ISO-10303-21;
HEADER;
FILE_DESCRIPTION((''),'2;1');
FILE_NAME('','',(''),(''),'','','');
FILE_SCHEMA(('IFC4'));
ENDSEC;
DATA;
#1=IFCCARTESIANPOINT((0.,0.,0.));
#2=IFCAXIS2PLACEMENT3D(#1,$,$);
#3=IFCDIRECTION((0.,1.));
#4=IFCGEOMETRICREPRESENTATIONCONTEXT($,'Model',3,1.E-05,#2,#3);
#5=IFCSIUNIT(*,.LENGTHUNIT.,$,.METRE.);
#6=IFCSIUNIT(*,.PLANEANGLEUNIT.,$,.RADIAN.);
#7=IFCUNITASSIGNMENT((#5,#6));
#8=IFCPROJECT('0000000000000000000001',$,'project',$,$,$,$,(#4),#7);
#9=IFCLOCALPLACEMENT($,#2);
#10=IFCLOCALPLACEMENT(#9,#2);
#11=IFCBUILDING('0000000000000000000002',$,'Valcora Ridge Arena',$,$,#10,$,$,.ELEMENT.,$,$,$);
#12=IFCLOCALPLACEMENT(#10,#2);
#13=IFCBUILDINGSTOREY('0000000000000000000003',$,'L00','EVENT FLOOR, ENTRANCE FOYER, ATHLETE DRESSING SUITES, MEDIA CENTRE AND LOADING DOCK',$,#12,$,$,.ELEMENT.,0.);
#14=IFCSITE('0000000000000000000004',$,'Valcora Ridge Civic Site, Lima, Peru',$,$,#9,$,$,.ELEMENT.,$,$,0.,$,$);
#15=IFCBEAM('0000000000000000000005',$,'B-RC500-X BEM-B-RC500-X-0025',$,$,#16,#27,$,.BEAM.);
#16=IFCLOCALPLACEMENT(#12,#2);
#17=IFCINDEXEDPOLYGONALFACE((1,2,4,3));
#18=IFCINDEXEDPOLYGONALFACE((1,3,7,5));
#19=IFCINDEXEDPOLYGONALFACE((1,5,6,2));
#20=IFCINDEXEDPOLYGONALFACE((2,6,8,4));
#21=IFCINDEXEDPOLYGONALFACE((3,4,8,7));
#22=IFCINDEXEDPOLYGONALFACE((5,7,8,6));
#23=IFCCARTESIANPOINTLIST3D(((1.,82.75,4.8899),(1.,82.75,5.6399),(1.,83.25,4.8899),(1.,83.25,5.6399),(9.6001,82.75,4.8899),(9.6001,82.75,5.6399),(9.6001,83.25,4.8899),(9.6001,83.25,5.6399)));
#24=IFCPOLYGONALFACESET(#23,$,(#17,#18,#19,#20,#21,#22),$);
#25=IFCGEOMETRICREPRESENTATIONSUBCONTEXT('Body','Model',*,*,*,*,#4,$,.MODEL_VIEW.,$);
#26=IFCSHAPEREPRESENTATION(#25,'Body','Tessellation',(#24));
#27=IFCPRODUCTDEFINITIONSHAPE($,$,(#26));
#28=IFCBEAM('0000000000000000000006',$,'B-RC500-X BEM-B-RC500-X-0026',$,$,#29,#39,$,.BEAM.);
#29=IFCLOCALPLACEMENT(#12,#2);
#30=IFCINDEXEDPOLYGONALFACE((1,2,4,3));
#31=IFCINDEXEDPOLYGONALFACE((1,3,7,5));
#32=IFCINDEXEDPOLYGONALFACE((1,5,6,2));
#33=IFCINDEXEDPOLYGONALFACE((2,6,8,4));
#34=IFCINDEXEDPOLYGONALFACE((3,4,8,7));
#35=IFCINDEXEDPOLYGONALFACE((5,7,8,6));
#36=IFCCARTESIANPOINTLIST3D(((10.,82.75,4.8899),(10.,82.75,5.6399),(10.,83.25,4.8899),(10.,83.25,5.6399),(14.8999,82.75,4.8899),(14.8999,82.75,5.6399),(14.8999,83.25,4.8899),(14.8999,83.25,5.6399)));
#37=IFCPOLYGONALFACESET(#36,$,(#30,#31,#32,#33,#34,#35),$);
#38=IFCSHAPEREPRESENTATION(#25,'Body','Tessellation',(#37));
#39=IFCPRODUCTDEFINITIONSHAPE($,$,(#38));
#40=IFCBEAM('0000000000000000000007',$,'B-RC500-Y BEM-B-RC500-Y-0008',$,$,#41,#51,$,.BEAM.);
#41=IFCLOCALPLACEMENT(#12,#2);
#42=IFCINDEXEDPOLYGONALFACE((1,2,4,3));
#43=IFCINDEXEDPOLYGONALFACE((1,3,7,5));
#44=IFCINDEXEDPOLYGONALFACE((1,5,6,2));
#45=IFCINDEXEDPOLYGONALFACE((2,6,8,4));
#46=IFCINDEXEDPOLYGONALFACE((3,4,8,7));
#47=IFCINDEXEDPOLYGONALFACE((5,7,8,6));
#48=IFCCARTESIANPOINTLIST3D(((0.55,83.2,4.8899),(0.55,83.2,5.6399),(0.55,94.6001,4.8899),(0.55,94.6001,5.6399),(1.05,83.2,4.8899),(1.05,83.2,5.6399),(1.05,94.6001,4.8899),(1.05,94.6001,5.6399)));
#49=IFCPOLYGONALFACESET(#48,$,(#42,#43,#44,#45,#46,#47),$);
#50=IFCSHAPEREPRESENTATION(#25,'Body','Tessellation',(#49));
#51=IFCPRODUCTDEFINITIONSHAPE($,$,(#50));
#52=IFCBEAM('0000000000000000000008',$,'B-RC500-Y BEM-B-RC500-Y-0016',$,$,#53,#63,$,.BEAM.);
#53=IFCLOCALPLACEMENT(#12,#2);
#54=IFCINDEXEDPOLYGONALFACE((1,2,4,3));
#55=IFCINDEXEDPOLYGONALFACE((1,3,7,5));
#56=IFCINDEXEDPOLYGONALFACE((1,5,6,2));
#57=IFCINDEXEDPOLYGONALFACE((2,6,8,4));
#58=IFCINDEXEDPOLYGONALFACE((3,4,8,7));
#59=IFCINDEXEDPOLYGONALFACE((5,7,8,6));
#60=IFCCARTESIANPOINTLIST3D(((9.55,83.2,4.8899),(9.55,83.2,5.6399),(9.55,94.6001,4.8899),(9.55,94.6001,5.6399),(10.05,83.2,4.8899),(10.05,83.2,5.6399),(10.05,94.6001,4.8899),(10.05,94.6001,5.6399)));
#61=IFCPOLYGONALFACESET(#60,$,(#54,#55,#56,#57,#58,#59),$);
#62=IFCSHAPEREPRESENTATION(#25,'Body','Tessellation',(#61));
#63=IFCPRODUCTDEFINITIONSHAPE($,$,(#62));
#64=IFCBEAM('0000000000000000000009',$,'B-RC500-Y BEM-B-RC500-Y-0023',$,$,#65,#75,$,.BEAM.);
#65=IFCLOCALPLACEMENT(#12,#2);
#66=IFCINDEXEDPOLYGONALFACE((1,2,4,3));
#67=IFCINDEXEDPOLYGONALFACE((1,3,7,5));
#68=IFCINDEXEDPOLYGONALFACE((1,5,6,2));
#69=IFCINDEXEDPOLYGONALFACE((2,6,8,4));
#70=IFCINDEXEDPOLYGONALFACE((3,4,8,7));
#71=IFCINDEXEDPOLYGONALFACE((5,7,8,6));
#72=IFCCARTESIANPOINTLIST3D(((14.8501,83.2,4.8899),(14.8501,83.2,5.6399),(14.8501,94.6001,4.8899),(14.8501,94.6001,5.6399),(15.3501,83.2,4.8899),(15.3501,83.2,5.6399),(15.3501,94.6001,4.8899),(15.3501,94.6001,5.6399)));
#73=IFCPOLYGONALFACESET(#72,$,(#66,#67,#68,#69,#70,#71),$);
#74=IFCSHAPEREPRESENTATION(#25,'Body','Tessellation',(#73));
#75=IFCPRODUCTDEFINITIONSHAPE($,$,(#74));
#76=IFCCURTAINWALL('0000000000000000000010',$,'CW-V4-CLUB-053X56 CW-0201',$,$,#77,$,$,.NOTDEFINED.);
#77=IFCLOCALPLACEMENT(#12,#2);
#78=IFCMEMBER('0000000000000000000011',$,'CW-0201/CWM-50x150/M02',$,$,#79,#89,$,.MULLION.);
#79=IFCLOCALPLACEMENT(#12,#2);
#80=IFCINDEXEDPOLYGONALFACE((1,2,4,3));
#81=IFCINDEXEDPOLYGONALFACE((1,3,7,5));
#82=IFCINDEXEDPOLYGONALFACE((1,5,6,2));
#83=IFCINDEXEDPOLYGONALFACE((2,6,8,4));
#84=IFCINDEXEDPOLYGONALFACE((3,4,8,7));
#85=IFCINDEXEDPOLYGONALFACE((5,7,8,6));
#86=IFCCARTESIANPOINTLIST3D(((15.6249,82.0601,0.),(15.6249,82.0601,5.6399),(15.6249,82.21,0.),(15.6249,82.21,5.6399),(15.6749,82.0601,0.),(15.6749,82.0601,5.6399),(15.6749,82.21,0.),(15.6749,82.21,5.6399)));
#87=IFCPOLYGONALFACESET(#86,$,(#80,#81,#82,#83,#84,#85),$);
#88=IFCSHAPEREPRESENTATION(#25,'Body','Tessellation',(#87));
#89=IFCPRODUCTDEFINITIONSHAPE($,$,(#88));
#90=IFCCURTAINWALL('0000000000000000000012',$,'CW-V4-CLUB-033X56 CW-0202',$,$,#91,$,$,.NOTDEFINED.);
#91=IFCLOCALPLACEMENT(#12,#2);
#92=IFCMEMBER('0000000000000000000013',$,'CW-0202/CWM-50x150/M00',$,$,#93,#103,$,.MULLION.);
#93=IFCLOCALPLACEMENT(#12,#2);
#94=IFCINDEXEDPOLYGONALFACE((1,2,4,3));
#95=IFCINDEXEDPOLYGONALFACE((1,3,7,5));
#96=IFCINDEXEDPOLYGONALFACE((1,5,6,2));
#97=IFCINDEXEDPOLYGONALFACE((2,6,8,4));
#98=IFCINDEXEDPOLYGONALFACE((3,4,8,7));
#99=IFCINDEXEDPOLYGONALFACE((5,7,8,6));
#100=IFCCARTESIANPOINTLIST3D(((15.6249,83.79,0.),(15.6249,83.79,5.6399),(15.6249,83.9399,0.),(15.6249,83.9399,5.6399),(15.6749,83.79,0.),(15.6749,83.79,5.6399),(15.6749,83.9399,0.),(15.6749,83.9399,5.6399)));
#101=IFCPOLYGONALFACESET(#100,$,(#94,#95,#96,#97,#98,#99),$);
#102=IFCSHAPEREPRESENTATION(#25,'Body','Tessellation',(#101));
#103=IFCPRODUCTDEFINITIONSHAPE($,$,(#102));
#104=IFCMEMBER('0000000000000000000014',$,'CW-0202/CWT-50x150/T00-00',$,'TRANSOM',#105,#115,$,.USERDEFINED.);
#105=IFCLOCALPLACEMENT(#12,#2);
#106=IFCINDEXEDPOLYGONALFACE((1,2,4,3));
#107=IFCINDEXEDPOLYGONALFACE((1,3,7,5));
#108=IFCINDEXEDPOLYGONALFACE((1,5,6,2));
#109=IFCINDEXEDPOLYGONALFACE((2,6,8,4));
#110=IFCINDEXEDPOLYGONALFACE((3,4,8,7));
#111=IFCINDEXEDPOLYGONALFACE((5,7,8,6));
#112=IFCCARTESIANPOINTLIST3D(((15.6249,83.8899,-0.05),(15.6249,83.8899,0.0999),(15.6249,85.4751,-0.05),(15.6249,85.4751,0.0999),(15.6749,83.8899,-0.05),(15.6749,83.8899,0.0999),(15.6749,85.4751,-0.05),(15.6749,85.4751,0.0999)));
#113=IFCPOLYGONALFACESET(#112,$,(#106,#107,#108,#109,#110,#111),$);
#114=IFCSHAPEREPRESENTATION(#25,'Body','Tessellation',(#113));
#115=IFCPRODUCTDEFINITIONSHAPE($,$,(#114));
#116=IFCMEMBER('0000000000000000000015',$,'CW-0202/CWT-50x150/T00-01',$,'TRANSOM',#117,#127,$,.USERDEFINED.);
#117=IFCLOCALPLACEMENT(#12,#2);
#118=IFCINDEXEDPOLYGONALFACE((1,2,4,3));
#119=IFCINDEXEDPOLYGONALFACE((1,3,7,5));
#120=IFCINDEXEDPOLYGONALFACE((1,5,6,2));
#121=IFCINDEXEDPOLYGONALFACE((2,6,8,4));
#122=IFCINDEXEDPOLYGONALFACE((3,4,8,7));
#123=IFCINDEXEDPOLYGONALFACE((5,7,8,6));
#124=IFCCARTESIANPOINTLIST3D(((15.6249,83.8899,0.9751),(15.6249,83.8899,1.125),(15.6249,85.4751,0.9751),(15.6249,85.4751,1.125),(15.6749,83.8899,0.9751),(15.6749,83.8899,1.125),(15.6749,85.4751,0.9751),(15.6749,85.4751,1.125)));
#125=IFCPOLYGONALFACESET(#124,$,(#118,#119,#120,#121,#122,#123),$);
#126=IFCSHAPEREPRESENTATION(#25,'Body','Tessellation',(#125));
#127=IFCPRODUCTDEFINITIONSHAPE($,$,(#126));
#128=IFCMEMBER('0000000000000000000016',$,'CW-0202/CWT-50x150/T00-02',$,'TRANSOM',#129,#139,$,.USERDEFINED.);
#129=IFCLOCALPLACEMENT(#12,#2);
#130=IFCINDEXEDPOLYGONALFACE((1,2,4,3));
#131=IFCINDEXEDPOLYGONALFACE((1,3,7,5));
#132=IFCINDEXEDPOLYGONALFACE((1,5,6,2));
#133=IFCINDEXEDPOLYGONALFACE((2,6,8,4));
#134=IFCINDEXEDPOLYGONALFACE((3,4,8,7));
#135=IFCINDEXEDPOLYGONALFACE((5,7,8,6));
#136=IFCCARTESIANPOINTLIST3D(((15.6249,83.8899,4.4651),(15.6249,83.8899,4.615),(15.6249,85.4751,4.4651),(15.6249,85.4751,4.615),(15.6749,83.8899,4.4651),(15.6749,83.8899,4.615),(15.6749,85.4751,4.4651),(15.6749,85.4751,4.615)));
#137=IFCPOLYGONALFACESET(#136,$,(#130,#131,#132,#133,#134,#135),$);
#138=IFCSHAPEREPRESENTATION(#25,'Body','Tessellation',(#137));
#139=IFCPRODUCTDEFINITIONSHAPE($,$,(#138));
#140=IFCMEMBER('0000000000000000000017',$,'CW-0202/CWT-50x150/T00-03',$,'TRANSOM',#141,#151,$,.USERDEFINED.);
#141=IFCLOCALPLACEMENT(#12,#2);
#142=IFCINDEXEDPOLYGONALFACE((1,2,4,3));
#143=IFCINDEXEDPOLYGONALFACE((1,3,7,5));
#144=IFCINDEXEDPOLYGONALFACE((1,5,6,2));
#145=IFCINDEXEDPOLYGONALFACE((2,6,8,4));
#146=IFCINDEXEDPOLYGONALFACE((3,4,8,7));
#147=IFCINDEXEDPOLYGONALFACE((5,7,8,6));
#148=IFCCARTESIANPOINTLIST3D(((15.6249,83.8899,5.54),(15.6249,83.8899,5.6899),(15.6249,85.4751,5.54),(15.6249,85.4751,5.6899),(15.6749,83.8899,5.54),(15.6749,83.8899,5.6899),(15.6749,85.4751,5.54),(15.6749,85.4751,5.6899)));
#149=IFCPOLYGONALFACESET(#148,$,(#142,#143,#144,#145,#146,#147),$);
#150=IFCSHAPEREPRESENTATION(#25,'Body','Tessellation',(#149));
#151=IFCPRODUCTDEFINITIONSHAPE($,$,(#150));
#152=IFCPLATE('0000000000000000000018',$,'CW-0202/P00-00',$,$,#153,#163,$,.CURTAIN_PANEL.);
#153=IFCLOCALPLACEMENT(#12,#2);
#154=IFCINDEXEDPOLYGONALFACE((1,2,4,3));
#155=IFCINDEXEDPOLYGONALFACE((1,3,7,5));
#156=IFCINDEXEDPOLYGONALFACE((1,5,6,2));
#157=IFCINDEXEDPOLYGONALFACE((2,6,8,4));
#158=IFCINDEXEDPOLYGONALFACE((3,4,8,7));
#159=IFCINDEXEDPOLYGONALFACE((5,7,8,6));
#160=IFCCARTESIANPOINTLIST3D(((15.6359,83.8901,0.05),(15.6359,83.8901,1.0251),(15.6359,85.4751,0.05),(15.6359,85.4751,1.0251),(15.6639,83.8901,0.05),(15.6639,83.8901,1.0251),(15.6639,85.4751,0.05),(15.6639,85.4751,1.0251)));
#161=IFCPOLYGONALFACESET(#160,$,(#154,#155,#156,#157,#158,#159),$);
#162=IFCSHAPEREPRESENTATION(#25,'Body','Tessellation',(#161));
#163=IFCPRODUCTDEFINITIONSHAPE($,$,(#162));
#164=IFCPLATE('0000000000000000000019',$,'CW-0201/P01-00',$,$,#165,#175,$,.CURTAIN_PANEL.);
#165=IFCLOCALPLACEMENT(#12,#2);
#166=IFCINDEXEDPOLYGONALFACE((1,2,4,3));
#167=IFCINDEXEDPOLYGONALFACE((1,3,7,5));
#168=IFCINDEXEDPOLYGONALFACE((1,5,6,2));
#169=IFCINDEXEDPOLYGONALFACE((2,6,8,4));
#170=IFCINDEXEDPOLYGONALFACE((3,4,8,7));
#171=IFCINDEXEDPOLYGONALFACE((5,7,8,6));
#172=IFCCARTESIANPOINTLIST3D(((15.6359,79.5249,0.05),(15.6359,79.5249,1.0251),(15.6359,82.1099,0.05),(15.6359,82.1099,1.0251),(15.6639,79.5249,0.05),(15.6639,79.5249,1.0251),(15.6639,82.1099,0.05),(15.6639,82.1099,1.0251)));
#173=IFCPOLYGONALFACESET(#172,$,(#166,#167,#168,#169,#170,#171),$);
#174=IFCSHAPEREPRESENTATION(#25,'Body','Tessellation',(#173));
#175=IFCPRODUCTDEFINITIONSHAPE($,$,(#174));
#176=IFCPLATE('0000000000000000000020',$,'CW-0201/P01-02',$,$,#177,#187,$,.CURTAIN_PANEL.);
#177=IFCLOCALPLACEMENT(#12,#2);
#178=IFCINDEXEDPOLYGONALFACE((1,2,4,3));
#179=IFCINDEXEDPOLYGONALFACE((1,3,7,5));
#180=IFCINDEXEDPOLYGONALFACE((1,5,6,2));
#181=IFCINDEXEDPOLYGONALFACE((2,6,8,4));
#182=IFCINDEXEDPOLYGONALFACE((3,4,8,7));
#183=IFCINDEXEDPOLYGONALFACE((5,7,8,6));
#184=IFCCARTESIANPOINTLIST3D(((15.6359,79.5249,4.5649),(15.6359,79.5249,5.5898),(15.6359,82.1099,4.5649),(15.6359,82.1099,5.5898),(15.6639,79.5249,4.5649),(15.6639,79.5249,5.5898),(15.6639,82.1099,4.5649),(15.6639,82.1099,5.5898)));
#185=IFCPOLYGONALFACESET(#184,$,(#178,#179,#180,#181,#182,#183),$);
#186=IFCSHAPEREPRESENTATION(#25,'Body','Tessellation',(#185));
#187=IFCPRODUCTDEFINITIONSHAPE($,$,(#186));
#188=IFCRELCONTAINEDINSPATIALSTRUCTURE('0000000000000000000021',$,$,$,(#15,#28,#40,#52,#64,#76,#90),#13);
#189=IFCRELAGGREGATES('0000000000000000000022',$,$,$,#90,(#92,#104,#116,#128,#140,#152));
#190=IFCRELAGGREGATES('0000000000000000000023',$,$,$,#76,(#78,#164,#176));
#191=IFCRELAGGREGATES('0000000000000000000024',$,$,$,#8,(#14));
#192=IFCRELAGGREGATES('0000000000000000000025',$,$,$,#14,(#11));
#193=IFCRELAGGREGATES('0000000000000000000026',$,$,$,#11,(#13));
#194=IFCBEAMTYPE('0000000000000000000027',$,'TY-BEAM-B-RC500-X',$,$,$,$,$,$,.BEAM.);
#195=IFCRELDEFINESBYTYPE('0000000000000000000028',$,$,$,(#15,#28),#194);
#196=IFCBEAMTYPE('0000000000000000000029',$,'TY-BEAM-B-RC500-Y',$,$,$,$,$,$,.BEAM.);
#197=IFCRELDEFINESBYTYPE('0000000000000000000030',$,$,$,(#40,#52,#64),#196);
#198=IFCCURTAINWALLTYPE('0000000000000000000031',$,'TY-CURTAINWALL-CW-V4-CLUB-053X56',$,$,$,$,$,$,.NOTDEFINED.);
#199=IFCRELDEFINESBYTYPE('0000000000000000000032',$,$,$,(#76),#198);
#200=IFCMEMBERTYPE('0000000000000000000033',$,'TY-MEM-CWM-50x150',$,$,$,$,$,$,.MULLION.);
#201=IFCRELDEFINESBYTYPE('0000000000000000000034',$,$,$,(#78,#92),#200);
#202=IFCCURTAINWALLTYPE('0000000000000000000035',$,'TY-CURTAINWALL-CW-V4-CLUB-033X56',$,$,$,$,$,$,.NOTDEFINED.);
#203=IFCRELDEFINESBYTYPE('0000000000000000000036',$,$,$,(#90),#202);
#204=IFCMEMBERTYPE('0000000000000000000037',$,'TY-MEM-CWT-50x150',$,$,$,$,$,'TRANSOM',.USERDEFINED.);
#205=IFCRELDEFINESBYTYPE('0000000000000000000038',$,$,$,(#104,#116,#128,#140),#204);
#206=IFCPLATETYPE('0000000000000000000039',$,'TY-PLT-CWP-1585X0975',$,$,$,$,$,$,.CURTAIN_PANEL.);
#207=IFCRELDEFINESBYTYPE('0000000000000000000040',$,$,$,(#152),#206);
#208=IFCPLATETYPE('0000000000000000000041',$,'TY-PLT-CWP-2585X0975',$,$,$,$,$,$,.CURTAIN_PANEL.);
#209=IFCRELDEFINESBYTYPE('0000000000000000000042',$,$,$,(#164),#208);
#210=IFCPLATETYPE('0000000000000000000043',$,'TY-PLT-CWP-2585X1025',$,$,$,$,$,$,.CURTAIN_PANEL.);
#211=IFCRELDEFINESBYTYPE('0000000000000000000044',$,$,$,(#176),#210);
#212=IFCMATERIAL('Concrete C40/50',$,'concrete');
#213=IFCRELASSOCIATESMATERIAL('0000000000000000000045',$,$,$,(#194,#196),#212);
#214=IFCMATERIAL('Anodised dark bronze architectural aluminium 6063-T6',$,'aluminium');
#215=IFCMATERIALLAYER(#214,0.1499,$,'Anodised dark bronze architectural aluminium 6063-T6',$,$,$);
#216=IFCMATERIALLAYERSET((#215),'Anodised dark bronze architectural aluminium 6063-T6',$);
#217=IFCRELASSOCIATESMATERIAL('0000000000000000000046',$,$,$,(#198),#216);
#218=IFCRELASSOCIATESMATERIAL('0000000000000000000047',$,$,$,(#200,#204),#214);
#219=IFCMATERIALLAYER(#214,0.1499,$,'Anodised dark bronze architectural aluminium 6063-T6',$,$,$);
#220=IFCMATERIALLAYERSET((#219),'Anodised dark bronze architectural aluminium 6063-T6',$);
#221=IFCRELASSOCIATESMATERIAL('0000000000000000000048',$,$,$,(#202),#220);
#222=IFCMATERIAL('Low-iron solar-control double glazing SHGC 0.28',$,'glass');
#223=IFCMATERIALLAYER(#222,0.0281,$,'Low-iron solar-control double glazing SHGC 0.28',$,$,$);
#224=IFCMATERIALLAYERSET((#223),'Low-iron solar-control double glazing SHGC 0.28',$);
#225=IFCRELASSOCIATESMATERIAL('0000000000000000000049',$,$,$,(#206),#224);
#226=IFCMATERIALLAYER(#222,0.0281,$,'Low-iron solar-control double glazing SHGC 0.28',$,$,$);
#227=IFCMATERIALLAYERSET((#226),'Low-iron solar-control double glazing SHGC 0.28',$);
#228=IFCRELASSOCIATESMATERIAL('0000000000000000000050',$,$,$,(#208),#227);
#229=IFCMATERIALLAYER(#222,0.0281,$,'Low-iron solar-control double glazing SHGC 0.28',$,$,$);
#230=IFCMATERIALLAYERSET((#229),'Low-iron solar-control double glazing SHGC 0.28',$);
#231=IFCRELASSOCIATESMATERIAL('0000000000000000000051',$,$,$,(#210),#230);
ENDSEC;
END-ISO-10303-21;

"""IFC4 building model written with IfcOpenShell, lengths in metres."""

from ifc_helpers import new_model, si_unit, direction, frame, origin, origin_2d, place, context, subcontext, project, spatial, rectangle, extrude, material, layer, layer_set, material_profile, profile_set, type_object, element, aggregate, save


model = new_model("IFC4")

# Units and contexts
model_context = context("Model", 3, precision=1e-05, world=origin(), true_north=direction((0.0, 1.0)))
body_context = subcontext(model_context, "Body", "Model", "MODEL_VIEW")
ifc_project = project(units=[si_unit("LENGTHUNIT", "METRE"), si_unit("PLANEANGLEUNIT", "RADIAN")], contexts=[model_context])

# Site, building, storey
site_placement = place(None, origin())
site = spatial("IfcSite", under=ifc_project, at=site_placement, Name="Valcora Ridge Civic Site, Lima, Peru", CompositionType="ELEMENT", RefElevation=0.0)
building_placement = place(site_placement, origin())
building = spatial("IfcBuilding", under=site, at=building_placement, Name="Valcora Ridge Arena", CompositionType="ELEMENT")
storey_placement = place(building_placement, origin())
storey = spatial("IfcBuildingStorey", under=building, at=storey_placement, Name="L00", Description="EVENT FLOOR, ENTRANCE FOYER, ATHLETE DRESSING SUITES, MEDIA CENTRE AND LOADING DOCK", CompositionType="ELEMENT", Elevation=0.0)

# Shared definitions
ifc_material_1 = material(Name="Concrete C40/50", Category="concrete")

# Beams
ifc_material_profile_1 = material_profile(ifc_material_1, rectangle(XDim=0.5, YDim=0.75, at=origin_2d()), Name="RC 500x750")
ifc_profile_set_1 = profile_set([ifc_material_profile_1], Name="Concrete C40/50")
beam_type_1 = type_object("IfcBeamType", Name="TY-BEAM-B-RC500-X", PredefinedType="BEAM", material=ifc_profile_set_1)
beam_1_placement = place(storey_placement, frame((1.0, 83.0, 5.2649), z_axis=(1.0, 0.0, 0.0), x_axis=(0.0, 1.0, 0.0)))
element("IfcBeam", 1, at=beam_1_placement, inside=storey, type_object=beam_type_1, Name="B-RC500-X BEM-B-RC500-X-0025", PredefinedType="BEAM", context=body_context, shape_type="SweptSolid", body=[
    extrude(rectangle(XDim=0.5, YDim=0.75, at=origin_2d()), origin(), (0.0, 0.0, 1.0), 8.6001),
])
beam_2_placement = place(storey_placement, frame((10.0, 83.0, 5.2649), z_axis=(1.0, 0.0, 0.0), x_axis=(0.0, 1.0, 0.0)))
element("IfcBeam", 2, at=beam_2_placement, inside=storey, type_object=beam_type_1, Name="B-RC500-X BEM-B-RC500-X-0026", PredefinedType="BEAM", context=body_context, shape_type="SweptSolid", body=[
    extrude(rectangle(XDim=0.5, YDim=0.75, at=origin_2d()), origin(), (0.0, 0.0, 1.0), 4.8999),
])
ifc_material_profile_2 = material_profile(ifc_material_1, rectangle(XDim=0.5, YDim=0.75, at=origin_2d()), Name="RC 500x750")
ifc_profile_set_2 = profile_set([ifc_material_profile_2], Name="Concrete C40/50")
beam_type_2 = type_object("IfcBeamType", Name="TY-BEAM-B-RC500-Y", PredefinedType="BEAM", material=ifc_profile_set_2)
for number, where, z_axis, x_axis, name in (
    (3, (0.8, 83.2, 5.2649), (0.0, 1.0, 0.0), (-1.0, 0.0, 0.0), "B-RC500-Y BEM-B-RC500-Y-0008"),
    (4, (9.8, 83.2, 5.2649), (0.0, 1.0, 0.0), (-1.0, 0.0, 0.0), "B-RC500-Y BEM-B-RC500-Y-0016"),
    (5, (15.1001, 83.2, 5.2649), (0.0, 1.0, 0.0), (-1.0, 0.0, 0.0), "B-RC500-Y BEM-B-RC500-Y-0023"),
):
    element("IfcBeam", number, at=place(storey_placement, frame(where, z_axis=z_axis, x_axis=x_axis)), inside=storey, type_object=beam_type_2, Name=name, PredefinedType="BEAM", context=body_context, shape_type="SweptSolid", body=[
        extrude(rectangle(XDim=0.5, YDim=0.75, at=origin_2d()), origin(), (0.0, 0.0, 1.0), 11.4001),
    ])

# Curtain wall, member
ifc_material_2 = material(Name="Anodised dark bronze architectural aluminium 6063-T6", Category="aluminium")
ifc_layer_1 = layer(ifc_material_2, 0.1499, Name="Anodised dark bronze architectural aluminium 6063-T6")
ifc_layer_set_1 = layer_set([ifc_layer_1], Name="Anodised dark bronze architectural aluminium 6063-T6")
curtain_wall_type_1 = type_object("IfcCurtainWallType", Name="TY-CURTAINWALL-CW-V4-CLUB-053X56", PredefinedType="NOTDEFINED", material=ifc_layer_set_1)
curtain_wall_1_placement = place(storey_placement, origin())
curtain_wall_1 = element("IfcCurtainWall", 6, at=curtain_wall_1_placement, inside=storey, type_object=curtain_wall_type_1, Name="CW-V4-CLUB-053X56 CW-0201", PredefinedType="NOTDEFINED")
ifc_material_profile_3 = material_profile(ifc_material_2, rectangle(XDim=0.05, YDim=0.1499, at=origin_2d()), Name="ALU MULLION 50x150")
ifc_profile_set_3 = profile_set([ifc_material_profile_3], Name="Anodised dark bronze architectural aluminium 6063-T6")
member_type_1 = type_object("IfcMemberType", Name="TY-MEM-CWM-50x150", PredefinedType="MULLION", material=ifc_profile_set_3)
member_1_placement = place(storey_placement, frame((15.6499, 82.135, 0.0), z_axis=(0.0, 0.0, 1.0), x_axis=(-1.0, 0.0, 0.0)))
member_1 = element("IfcMember", 7, at=member_1_placement, type_object=member_type_1, Name="CW-0201/CWM-50x150/M02", PredefinedType="MULLION", context=body_context, shape_type="SweptSolid", body=[
    extrude(rectangle(XDim=0.05, YDim=0.1499, at=origin_2d()), origin(), (0.0, 0.0, 1.0), 5.6399),
])

# Curtain wall, members, plate
ifc_layer_2 = layer(ifc_material_2, 0.1499, Name="Anodised dark bronze architectural aluminium 6063-T6")
ifc_layer_set_2 = layer_set([ifc_layer_2], Name="Anodised dark bronze architectural aluminium 6063-T6")
curtain_wall_type_2 = type_object("IfcCurtainWallType", Name="TY-CURTAINWALL-CW-V4-CLUB-033X56", PredefinedType="NOTDEFINED", material=ifc_layer_set_2)
curtain_wall_2_placement = place(storey_placement, origin())
curtain_wall_2 = element("IfcCurtainWall", 8, at=curtain_wall_2_placement, inside=storey, type_object=curtain_wall_type_2, Name="CW-V4-CLUB-033X56 CW-0202", PredefinedType="NOTDEFINED")
member_2_placement = place(storey_placement, frame((15.6499, 83.865, 0.0), z_axis=(0.0, 0.0, 1.0), x_axis=(-1.0, 0.0, 0.0)))
member_2 = element("IfcMember", 9, at=member_2_placement, type_object=member_type_1, Name="CW-0202/CWM-50x150/M00", PredefinedType="MULLION", context=body_context, shape_type="SweptSolid", body=[
    extrude(rectangle(XDim=0.05, YDim=0.1499, at=origin_2d()), origin(), (0.0, 0.0, 1.0), 5.6399),
])
ifc_material_profile_4 = material_profile(ifc_material_2, rectangle(XDim=0.05, YDim=0.1499, at=origin_2d()), Name="ALU TRANSOM 50x150")
ifc_profile_set_4 = profile_set([ifc_material_profile_4], Name="Anodised dark bronze architectural aluminium 6063-T6")
member_type_2 = type_object("IfcMemberType", Name="TY-MEM-CWT-50x150", ElementType="TRANSOM", PredefinedType="USERDEFINED", material=ifc_profile_set_4)
member_3_placement = place(storey_placement, frame((15.6499, 83.8899, 0.0249), z_axis=(0.0, 1.0, 0.0), x_axis=(-1.0, 0.0, 0.0)))
member_3 = element("IfcMember", 10, at=member_3_placement, type_object=member_type_2, Name="CW-0202/CWT-50x150/T00-00", ObjectType="TRANSOM", PredefinedType="USERDEFINED", context=body_context, shape_type="SweptSolid", body=[
    extrude(rectangle(XDim=0.05, YDim=0.1499, at=origin_2d()), origin(), (0.0, 0.0, 1.0), 1.5852),
])
member_4_placement = place(storey_placement, frame((15.6499, 83.8899, 1.05), z_axis=(0.0, 1.0, 0.0), x_axis=(-1.0, 0.0, 0.0)))
member_4 = element("IfcMember", 11, at=member_4_placement, type_object=member_type_2, Name="CW-0202/CWT-50x150/T00-01", ObjectType="TRANSOM", PredefinedType="USERDEFINED", context=body_context, shape_type="SweptSolid", body=[
    extrude(rectangle(XDim=0.05, YDim=0.1499, at=origin_2d()), origin(), (0.0, 0.0, 1.0), 1.5852),
])
member_5_placement = place(storey_placement, frame((15.6499, 83.8899, 4.54), z_axis=(0.0, 1.0, 0.0), x_axis=(-1.0, 0.0, 0.0)))
member_5 = element("IfcMember", 12, at=member_5_placement, type_object=member_type_2, Name="CW-0202/CWT-50x150/T00-02", ObjectType="TRANSOM", PredefinedType="USERDEFINED", context=body_context, shape_type="SweptSolid", body=[
    extrude(rectangle(XDim=0.05, YDim=0.1499, at=origin_2d()), origin(), (0.0, 0.0, 1.0), 1.5852),
])
member_6_placement = place(storey_placement, frame((15.6499, 83.8899, 5.615), z_axis=(0.0, 1.0, 0.0), x_axis=(-1.0, 0.0, 0.0)))
member_6 = element("IfcMember", 13, at=member_6_placement, type_object=member_type_2, Name="CW-0202/CWT-50x150/T00-03", ObjectType="TRANSOM", PredefinedType="USERDEFINED", context=body_context, shape_type="SweptSolid", body=[
    extrude(rectangle(XDim=0.05, YDim=0.1499, at=origin_2d()), origin(), (0.0, 0.0, 1.0), 1.5852),
])
ifc_material_3 = material(Name="Low-iron solar-control double glazing SHGC 0.28", Category="glass")
ifc_layer_3 = layer(ifc_material_3, 0.0281, Name="Low-iron solar-control double glazing SHGC 0.28")
ifc_layer_set_3 = layer_set([ifc_layer_3], Name="Low-iron solar-control double glazing SHGC 0.28")
plate_type_1 = type_object("IfcPlateType", Name="TY-PLT-CWP-1585X0975", PredefinedType="CURTAIN_PANEL", material=ifc_layer_set_3)
plate_1_placement = place(storey_placement, frame((15.6499, 84.6826, 0.05), z_axis=(0.0, 0.0, 1.0), x_axis=(0.0, 1.0, 0.0)))
plate_1 = element("IfcPlate", 14, at=plate_1_placement, type_object=plate_type_1, Name="CW-0202/P00-00", PredefinedType="CURTAIN_PANEL", context=body_context, shape_type="SweptSolid", body=[
    extrude(rectangle(XDim=1.585, YDim=0.0281, at=origin_2d()), origin(), (0.0, 0.0, 1.0), 0.9751),
])
aggregate(curtain_wall_2, [member_2, member_3, member_4, member_5, member_6, plate_1])

# Plates
ifc_layer_4 = layer(ifc_material_3, 0.0281, Name="Low-iron solar-control double glazing SHGC 0.28")
ifc_layer_set_4 = layer_set([ifc_layer_4], Name="Low-iron solar-control double glazing SHGC 0.28")
plate_type_2 = type_object("IfcPlateType", Name="TY-PLT-CWP-2585X0975", PredefinedType="CURTAIN_PANEL", material=ifc_layer_set_4)
plate_2_placement = place(storey_placement, frame((15.6499, 80.8174, 0.05), z_axis=(0.0, 0.0, 1.0), x_axis=(0.0, 1.0, 0.0)))
plate_2 = element("IfcPlate", 15, at=plate_2_placement, type_object=plate_type_2, Name="CW-0201/P01-00", PredefinedType="CURTAIN_PANEL", context=body_context, shape_type="SweptSolid", body=[
    extrude(rectangle(XDim=2.585, YDim=0.0281, at=origin_2d()), origin(), (0.0, 0.0, 1.0), 0.9751),
])
ifc_layer_5 = layer(ifc_material_3, 0.0281, Name="Low-iron solar-control double glazing SHGC 0.28")
ifc_layer_set_5 = layer_set([ifc_layer_5], Name="Low-iron solar-control double glazing SHGC 0.28")
plate_type_3 = type_object("IfcPlateType", Name="TY-PLT-CWP-2585X1025", PredefinedType="CURTAIN_PANEL", material=ifc_layer_set_5)
plate_3_placement = place(storey_placement, frame((15.6499, 80.8174, 4.5649), z_axis=(0.0, 0.0, 1.0), x_axis=(0.0, 1.0, 0.0)))
plate_3 = element("IfcPlate", 16, at=plate_3_placement, type_object=plate_type_3, Name="CW-0201/P01-02", PredefinedType="CURTAIN_PANEL", context=body_context, shape_type="SweptSolid", body=[
    extrude(rectangle(XDim=2.585, YDim=0.0281, at=origin_2d()), origin(), (0.0, 0.0, 1.0), 1.0249),
])
aggregate(curtain_wall_1, [member_1, plate_2, plate_3])

save(model, "model.ifc")
